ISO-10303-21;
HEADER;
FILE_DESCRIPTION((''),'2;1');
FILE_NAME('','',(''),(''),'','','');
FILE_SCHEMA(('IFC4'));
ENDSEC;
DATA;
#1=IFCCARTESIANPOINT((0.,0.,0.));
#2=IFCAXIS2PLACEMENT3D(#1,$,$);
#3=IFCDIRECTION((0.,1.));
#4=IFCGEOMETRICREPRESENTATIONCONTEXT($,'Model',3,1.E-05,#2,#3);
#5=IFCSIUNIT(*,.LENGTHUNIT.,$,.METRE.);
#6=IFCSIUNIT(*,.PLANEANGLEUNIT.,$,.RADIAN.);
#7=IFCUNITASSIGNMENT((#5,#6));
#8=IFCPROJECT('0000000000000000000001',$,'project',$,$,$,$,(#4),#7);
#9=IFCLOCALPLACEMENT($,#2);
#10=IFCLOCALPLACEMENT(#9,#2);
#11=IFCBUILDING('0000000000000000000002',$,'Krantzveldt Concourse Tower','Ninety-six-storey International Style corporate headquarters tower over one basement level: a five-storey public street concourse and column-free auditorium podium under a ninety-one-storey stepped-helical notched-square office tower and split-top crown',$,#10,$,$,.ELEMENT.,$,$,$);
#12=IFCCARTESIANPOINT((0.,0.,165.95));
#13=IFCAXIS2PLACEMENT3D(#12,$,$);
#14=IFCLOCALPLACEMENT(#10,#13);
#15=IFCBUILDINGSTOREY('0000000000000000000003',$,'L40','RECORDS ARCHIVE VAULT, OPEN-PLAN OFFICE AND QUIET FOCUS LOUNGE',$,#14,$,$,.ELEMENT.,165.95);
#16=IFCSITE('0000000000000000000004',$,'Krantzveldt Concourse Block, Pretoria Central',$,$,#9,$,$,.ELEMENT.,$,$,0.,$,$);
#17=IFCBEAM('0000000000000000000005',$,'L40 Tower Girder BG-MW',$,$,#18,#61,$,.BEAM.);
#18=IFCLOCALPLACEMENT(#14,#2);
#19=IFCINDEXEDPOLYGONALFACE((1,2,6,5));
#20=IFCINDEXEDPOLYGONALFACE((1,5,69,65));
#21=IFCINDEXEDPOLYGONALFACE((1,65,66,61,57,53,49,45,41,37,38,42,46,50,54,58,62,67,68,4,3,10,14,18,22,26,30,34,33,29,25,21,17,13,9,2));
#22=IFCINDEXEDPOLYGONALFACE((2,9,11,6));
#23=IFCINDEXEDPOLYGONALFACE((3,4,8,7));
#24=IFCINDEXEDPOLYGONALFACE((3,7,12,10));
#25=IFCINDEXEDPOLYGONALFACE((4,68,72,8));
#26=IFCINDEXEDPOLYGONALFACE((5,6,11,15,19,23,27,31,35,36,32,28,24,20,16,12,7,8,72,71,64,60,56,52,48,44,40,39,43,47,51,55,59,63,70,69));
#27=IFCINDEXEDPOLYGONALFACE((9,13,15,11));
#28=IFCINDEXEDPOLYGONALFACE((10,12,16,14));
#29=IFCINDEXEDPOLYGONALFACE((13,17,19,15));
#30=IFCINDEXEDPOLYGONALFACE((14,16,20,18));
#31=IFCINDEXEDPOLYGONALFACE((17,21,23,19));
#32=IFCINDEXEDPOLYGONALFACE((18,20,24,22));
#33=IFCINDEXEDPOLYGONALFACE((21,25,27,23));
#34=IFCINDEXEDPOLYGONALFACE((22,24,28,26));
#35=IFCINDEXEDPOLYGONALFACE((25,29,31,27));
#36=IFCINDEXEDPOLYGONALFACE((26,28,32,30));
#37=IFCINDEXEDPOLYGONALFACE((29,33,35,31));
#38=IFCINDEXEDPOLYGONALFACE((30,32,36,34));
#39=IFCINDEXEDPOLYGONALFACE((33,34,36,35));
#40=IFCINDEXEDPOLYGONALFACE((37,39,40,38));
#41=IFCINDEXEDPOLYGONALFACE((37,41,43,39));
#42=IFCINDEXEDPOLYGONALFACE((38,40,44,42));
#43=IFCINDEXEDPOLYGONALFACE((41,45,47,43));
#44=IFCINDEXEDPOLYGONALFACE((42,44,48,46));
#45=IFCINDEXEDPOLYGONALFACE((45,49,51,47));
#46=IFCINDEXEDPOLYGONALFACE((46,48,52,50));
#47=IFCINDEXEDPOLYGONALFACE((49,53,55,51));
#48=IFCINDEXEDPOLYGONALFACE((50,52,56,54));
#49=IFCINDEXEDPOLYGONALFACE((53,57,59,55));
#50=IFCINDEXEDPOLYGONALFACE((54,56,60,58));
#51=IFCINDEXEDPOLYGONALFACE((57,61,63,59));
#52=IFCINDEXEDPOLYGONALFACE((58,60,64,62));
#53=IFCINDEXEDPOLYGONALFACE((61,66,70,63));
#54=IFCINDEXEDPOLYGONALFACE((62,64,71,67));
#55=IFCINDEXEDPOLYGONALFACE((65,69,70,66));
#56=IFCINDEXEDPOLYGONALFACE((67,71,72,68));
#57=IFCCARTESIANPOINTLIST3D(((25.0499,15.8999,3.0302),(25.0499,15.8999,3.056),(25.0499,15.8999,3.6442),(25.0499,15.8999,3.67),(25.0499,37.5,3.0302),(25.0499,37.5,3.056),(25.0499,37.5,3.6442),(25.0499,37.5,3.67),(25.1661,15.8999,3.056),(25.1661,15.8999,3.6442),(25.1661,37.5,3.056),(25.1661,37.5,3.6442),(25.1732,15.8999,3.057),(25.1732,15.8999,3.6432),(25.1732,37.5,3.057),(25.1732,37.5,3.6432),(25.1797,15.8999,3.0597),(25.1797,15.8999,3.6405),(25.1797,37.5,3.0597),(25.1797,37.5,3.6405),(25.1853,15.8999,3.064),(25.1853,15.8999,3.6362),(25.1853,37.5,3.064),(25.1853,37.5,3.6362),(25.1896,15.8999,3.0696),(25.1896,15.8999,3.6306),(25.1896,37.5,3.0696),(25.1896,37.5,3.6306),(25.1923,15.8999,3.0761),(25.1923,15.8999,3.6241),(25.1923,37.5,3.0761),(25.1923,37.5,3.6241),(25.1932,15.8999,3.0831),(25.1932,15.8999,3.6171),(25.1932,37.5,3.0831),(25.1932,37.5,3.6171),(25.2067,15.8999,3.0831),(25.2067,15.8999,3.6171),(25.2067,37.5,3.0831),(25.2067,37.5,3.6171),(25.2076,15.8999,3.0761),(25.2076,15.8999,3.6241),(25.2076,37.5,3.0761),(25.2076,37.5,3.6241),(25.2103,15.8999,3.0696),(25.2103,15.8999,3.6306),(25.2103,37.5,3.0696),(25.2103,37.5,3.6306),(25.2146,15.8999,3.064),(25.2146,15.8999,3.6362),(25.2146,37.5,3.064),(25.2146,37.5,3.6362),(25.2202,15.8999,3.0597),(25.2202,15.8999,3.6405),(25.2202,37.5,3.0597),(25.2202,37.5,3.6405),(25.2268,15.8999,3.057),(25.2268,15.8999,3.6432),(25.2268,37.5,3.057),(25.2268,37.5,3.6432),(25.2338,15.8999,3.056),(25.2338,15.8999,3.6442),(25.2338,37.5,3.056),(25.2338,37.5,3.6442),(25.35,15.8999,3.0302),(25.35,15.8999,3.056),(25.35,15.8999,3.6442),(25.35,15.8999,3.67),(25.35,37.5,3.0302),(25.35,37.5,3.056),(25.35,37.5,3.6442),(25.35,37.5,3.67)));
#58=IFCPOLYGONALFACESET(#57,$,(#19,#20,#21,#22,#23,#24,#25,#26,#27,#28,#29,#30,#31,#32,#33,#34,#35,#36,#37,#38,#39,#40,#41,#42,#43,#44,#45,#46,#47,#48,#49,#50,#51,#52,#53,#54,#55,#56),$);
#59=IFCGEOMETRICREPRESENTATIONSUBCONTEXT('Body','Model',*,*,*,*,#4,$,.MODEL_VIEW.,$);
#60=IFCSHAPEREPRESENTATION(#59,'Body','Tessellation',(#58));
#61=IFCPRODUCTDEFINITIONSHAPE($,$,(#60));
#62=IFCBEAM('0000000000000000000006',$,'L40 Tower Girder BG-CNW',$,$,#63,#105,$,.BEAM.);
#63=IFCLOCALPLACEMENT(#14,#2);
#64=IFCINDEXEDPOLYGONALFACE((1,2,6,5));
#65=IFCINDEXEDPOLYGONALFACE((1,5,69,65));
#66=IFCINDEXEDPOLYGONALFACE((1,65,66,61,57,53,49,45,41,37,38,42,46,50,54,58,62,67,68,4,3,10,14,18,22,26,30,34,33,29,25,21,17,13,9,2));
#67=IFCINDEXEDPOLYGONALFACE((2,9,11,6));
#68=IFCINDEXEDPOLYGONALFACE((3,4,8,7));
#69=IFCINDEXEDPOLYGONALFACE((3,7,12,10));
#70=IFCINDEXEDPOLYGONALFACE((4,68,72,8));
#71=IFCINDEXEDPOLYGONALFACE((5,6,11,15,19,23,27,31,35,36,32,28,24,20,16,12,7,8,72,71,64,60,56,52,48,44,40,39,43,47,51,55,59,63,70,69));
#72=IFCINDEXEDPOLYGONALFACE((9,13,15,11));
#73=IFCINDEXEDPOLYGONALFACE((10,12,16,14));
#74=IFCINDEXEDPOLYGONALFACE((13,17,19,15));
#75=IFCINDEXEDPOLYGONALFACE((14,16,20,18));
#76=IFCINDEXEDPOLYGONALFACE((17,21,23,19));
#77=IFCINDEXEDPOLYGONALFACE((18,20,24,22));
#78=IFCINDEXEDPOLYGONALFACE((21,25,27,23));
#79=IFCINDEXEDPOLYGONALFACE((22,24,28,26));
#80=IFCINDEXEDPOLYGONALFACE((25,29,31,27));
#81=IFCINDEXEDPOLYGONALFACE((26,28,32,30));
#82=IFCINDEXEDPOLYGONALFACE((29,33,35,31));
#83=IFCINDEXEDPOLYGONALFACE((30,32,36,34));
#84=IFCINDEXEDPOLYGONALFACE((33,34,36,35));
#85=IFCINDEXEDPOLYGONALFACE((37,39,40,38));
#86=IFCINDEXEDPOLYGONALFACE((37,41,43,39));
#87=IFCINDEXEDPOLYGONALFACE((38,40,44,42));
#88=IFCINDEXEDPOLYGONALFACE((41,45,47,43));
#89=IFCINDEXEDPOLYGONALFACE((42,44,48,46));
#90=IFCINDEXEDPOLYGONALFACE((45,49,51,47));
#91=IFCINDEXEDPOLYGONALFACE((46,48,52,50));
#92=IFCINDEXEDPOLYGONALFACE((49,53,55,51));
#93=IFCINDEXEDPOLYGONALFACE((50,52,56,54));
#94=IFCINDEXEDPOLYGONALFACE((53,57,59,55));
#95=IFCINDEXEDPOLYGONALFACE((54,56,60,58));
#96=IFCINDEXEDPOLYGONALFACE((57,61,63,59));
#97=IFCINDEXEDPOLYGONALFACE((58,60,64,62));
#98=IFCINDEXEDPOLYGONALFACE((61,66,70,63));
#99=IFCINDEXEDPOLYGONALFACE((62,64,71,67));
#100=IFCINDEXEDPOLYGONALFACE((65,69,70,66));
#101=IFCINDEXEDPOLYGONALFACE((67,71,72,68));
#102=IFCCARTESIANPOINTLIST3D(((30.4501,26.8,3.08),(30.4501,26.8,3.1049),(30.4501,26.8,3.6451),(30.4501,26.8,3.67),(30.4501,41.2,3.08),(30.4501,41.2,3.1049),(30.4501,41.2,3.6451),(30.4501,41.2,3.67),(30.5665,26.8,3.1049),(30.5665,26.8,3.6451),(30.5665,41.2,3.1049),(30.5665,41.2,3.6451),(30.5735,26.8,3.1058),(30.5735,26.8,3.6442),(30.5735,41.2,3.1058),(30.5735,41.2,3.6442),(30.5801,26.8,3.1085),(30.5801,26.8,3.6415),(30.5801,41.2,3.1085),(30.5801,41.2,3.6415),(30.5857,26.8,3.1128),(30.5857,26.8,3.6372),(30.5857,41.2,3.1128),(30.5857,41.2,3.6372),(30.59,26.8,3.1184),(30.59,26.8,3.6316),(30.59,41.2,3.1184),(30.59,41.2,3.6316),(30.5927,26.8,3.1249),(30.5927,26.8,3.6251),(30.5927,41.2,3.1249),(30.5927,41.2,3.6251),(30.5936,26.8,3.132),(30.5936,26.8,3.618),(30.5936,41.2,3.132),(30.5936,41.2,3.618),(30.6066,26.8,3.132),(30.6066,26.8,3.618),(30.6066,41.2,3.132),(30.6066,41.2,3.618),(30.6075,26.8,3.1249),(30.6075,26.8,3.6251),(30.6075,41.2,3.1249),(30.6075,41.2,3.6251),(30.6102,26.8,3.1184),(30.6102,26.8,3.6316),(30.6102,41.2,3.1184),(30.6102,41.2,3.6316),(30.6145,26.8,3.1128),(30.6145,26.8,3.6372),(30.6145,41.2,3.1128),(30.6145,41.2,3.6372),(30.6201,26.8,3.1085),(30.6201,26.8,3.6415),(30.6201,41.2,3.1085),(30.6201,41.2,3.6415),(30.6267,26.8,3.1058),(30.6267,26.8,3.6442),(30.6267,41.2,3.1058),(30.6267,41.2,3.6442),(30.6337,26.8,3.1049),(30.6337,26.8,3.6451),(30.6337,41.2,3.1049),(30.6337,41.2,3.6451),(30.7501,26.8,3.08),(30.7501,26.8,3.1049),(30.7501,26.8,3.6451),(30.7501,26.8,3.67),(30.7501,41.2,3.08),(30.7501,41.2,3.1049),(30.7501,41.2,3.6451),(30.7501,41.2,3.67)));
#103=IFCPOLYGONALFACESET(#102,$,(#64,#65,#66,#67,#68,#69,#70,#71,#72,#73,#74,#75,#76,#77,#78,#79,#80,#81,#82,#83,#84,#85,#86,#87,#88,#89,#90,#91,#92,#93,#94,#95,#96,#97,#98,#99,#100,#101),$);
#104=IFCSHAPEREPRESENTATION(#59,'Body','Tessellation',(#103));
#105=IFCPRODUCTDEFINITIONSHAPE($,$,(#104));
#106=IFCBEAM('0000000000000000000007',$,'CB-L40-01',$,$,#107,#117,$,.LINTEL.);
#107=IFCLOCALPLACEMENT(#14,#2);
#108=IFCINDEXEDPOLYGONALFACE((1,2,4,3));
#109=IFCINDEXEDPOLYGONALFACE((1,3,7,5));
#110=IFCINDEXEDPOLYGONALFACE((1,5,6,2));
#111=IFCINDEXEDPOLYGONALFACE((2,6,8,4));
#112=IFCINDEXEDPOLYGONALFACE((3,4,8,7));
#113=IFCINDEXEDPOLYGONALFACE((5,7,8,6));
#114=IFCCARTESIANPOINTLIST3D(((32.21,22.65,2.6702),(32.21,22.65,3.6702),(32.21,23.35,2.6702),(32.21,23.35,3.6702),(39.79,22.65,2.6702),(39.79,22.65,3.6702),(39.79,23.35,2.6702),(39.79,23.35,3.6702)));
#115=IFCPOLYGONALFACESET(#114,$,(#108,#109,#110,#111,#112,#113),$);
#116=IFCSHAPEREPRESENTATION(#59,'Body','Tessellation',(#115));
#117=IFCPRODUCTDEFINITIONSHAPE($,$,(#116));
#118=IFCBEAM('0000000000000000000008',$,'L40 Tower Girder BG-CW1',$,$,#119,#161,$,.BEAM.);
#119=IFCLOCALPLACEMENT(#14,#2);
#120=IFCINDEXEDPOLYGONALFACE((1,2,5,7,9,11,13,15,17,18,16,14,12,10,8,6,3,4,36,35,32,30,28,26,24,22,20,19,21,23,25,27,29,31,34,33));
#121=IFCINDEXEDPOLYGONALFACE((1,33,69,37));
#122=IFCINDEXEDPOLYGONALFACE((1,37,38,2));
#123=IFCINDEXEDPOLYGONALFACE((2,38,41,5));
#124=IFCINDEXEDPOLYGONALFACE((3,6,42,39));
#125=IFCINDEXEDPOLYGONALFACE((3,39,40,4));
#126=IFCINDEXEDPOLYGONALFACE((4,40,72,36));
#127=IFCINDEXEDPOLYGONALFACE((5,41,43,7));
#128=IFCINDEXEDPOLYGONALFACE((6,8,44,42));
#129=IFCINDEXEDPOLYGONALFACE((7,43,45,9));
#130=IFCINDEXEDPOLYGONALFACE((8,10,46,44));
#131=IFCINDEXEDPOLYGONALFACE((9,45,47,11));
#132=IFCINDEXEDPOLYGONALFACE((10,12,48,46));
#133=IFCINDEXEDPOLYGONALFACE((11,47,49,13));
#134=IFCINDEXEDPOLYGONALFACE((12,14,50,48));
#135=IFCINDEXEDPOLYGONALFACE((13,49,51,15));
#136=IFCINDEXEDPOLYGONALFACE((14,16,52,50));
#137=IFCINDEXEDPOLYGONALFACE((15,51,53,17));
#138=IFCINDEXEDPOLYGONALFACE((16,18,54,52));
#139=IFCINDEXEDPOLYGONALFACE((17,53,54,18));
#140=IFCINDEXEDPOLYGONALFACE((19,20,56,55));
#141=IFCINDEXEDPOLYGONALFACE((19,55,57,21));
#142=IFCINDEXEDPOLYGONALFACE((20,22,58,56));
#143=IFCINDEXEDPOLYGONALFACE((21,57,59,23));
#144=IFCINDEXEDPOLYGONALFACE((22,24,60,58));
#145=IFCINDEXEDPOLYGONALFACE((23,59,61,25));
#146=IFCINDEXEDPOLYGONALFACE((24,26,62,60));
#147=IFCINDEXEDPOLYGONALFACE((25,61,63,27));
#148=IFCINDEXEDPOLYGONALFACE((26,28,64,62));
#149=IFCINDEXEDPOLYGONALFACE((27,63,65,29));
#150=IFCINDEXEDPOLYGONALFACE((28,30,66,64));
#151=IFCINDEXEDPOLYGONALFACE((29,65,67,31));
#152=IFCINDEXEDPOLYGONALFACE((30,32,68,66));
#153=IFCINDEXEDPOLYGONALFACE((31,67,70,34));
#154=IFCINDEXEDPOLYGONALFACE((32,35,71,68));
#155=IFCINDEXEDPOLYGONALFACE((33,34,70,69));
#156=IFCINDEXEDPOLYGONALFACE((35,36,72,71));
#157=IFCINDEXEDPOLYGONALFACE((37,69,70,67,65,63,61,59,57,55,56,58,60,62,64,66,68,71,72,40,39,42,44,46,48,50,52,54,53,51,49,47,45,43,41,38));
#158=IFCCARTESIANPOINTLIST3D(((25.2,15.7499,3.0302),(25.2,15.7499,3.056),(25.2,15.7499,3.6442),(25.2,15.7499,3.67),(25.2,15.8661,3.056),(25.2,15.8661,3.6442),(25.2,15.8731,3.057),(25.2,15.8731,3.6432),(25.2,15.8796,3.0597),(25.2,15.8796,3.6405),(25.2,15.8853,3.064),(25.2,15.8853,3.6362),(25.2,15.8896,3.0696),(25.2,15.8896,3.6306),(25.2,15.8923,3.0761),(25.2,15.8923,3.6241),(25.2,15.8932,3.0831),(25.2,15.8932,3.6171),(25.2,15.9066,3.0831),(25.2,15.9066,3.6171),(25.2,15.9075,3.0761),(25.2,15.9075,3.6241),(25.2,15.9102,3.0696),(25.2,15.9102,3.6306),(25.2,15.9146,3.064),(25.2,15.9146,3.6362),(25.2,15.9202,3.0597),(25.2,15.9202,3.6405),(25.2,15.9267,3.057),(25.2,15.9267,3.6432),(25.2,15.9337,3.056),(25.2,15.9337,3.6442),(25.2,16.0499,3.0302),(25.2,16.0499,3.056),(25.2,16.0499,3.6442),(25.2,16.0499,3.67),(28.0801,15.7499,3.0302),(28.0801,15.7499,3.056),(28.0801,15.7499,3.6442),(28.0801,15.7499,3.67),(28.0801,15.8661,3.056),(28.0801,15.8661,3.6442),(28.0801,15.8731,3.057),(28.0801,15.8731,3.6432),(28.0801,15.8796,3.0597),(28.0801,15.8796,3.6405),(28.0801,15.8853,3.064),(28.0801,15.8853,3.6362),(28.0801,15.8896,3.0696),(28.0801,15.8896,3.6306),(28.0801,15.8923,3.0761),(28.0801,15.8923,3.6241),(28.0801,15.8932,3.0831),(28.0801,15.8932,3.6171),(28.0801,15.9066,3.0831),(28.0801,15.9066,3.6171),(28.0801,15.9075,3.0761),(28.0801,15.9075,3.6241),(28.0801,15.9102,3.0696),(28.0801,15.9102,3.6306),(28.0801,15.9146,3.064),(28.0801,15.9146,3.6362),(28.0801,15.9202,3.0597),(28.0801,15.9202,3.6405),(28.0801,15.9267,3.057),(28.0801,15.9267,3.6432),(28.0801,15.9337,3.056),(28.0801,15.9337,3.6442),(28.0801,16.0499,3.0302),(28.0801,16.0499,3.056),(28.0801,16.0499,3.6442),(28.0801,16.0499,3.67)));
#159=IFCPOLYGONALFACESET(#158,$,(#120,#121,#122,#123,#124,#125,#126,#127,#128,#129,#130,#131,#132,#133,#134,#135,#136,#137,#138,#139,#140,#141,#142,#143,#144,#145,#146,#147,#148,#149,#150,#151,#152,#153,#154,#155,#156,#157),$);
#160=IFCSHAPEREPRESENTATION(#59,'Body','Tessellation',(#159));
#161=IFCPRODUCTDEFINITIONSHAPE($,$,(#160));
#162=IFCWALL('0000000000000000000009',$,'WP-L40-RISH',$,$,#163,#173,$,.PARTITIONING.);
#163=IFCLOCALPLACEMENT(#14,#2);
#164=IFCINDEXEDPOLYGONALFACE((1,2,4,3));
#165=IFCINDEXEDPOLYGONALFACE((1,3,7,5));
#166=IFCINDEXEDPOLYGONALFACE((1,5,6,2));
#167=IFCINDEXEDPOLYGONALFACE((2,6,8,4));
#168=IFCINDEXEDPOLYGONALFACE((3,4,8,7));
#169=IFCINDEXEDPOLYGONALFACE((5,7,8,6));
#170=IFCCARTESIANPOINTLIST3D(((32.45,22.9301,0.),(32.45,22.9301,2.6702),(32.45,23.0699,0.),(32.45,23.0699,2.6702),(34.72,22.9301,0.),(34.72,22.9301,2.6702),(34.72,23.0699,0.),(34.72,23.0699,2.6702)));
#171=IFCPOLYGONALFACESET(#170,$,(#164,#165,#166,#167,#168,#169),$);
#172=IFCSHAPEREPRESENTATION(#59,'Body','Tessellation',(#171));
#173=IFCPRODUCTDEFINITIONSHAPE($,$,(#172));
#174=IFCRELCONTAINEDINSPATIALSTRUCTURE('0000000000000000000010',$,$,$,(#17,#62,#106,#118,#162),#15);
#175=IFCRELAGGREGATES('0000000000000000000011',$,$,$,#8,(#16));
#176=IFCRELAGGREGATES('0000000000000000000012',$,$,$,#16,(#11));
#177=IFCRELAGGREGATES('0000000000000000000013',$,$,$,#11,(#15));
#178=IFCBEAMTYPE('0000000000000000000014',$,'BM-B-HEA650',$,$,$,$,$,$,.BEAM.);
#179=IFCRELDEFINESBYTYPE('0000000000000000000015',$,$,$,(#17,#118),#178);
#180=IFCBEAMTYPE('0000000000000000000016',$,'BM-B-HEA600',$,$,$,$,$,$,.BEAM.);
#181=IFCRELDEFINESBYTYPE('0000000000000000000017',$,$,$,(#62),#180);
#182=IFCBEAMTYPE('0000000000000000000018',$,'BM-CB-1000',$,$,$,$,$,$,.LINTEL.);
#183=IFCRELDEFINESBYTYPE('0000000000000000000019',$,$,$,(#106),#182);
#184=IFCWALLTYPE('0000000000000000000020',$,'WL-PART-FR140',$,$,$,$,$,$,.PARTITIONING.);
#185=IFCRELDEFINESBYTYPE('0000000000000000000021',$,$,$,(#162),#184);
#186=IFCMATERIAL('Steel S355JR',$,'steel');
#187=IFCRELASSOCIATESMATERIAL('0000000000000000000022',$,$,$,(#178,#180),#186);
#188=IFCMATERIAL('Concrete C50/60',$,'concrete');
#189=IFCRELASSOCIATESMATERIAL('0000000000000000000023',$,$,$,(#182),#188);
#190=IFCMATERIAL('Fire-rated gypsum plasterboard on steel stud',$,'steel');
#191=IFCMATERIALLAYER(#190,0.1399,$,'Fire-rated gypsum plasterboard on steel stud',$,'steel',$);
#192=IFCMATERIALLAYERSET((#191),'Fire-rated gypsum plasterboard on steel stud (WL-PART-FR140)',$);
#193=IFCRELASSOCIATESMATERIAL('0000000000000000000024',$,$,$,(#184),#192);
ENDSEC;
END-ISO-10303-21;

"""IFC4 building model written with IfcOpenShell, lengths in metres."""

from ifc_helpers import new_model, si_unit, direction, frame, frame_2d, origin, origin_2d, place, context, subcontext, project, spatial, rectangle, i_section, extrude, source, transform, mapped, material, layer, layer_set, material_profile, profile_set, type_object, type_shapes, element, save


model = new_model("IFC4")

# Units and contexts
model_context = context("Model", 3, precision=1e-05, world=origin(), true_north=direction((0.0, 1.0)))
body_context = subcontext(model_context, "Body", "Model", "MODEL_VIEW")
ifc_project = project(units=[si_unit("LENGTHUNIT", "METRE"), si_unit("PLANEANGLEUNIT", "RADIAN")], contexts=[model_context])

# Site, building, storey
site_placement = place(None, origin())
site = spatial("IfcSite", under=ifc_project, at=site_placement, Name="Krantzveldt Concourse Block, Pretoria Central", CompositionType="ELEMENT", RefElevation=0.0)
building_placement = place(site_placement, origin())
building = spatial("IfcBuilding", under=site, at=building_placement, Name="Krantzveldt Concourse Tower", Description="Ninety-six-storey International Style corporate headquarters tower over one basement level: a five-storey public street concourse and column-free auditorium podium under a ninety-one-storey stepped-helical notched-square office tower and split-top crown", CompositionType="ELEMENT")
storey_placement = place(building_placement, frame((0.0, 0.0, 165.95)))
storey = spatial("IfcBuildingStorey", under=building, at=storey_placement, Name="L40", Description="RECORDS ARCHIVE VAULT, OPEN-PLAN OFFICE AND QUIET FOCUS LOUNGE", CompositionType="ELEMENT", Elevation=165.95)

# Beams
ifc_material_1 = material(Name="Steel S355JR", Category="steel")
ifc_material_profile_1 = material_profile(ifc_material_1, i_section(OverallWidth=0.3, OverallDepth=0.6399, WebThickness=0.0134, FlangeThickness=0.0259, FilletRadius=0.0271, at=origin_2d()), Name="Steel S355JR", Category="steel")
ifc_profile_set_1 = profile_set([ifc_material_profile_1], Name="Steel S355JR - HEA 650")
beam_type_1 = type_object("IfcBeamType", Name="BM-B-HEA650", PredefinedType="BEAM", material=ifc_profile_set_1)
shared_shape_1 = source(origin(), body_context, "Body", "SweptSolid", [
    extrude(i_section(OverallWidth=0.3, OverallDepth=0.6399, WebThickness=0.0134, FlangeThickness=0.0259, FilletRadius=0.0271, at=origin_2d()), origin(), (0.0, 0.0, 1.0), 21.6001),
])
beam_1_placement = place(storey_placement, frame((25.2, 15.8999, 3.3501), z_axis=(0.0, 1.0, 0.0), x_axis=(-1.0, 0.0, 0.0)))
element("IfcBeam", 1, at=beam_1_placement, inside=storey, type_object=beam_type_1, Name="L40 Tower Girder BG-MW", PredefinedType="BEAM", context=body_context, shape_type="MappedRepresentation", body=[
    mapped(shared_shape_1, transform((0.0, 0.0, 0.0), x_axis=(1.0, 0.0, 0.0), y_axis=(0.0, 1.0, 0.0), z_axis=(0.0, 0.0, 1.0), scale=1.0)),
])
ifc_material_profile_2 = material_profile(ifc_material_1, i_section(OverallWidth=0.3, OverallDepth=0.5901, WebThickness=0.0129, FlangeThickness=0.0249, FilletRadius=0.0271, at=origin_2d()), Name="Steel S355JR", Category="steel")
ifc_profile_set_2 = profile_set([ifc_material_profile_2], Name="Steel S355JR - HEA 600")
beam_type_2 = type_object("IfcBeamType", Name="BM-B-HEA600", PredefinedType="BEAM", material=ifc_profile_set_2)
shared_shape_2 = source(origin(), body_context, "Body", "SweptSolid", [
    extrude(i_section(OverallWidth=0.3, OverallDepth=0.5901, WebThickness=0.0129, FlangeThickness=0.0249, FilletRadius=0.0271, at=origin_2d()), origin(), (0.0, 0.0, 1.0), 14.3999),
])
type_shapes(beam_type_2, [shared_shape_2])
beam_2_placement = place(storey_placement, frame((30.6001, 26.8, 3.375), z_axis=(0.0, 1.0, 0.0), x_axis=(-1.0, 0.0, 0.0)))
element("IfcBeam", 2, at=beam_2_placement, inside=storey, type_object=beam_type_2, Name="L40 Tower Girder BG-CNW", PredefinedType="BEAM", context=body_context, shape_type="MappedRepresentation", body=[
    mapped(shared_shape_2, transform((0.0, 0.0, 0.0), x_axis=(1.0, 0.0, 0.0), y_axis=(0.0, 1.0, 0.0), z_axis=(0.0, 0.0, 1.0), scale=1.0)),
])
ifc_material_2 = material(Name="Concrete C50/60", Category="concrete")
ifc_material_profile_3 = material_profile(ifc_material_2, rectangle(XDim=0.7, YDim=1.0, at=origin_2d()), Name="Concrete C50/60", Category="concrete")
ifc_profile_set_3 = profile_set([ifc_material_profile_3], Name="Concrete C50/60 - RC-CB 700x1000")
beam_type_3 = type_object("IfcBeamType", Name="BM-CB-1000", PredefinedType="LINTEL", material=ifc_profile_set_3)
shared_shape_3 = source(origin(), body_context, "Body", "SweptSolid", [
    extrude(rectangle(XDim=0.7, YDim=1.0, at=origin_2d()), origin(), (0.0, 0.0, 1.0), 7.5801),
])
type_shapes(beam_type_3, [shared_shape_3])
beam_3_placement = place(storey_placement, frame((32.21, 23.0, 3.1702), z_axis=(1.0, 0.0, 0.0), x_axis=(0.0, 1.0, 0.0)))
element("IfcBeam", 3, at=beam_3_placement, inside=storey, type_object=beam_type_3, Name="CB-L40-01", PredefinedType="LINTEL", context=body_context, shape_type="MappedRepresentation", body=[
    mapped(shared_shape_3, transform((0.0, 0.0, 0.0), x_axis=(1.0, 0.0, 0.0), y_axis=(0.0, 1.0, 0.0), z_axis=(0.0, 0.0, 1.0), scale=1.0)),
])
shared_shape_4 = source(origin(), body_context, "Body", "SweptSolid", [
    extrude(i_section(OverallWidth=0.3, OverallDepth=0.6399, WebThickness=0.0134, FlangeThickness=0.0259, FilletRadius=0.0271, at=origin_2d()), origin(), (0.0, 0.0, 1.0), 2.8801),
])
type_shapes(beam_type_1, [shared_shape_1, shared_shape_4])
beam_4_placement = place(storey_placement, frame((25.2, 15.8999, 3.3501), z_axis=(1.0, 0.0, 0.0), x_axis=(0.0, 1.0, 0.0)))
element("IfcBeam", 4, at=beam_4_placement, inside=storey, type_object=beam_type_1, Name="L40 Tower Girder BG-CW1", PredefinedType="BEAM", context=body_context, shape_type="MappedRepresentation", body=[
    mapped(shared_shape_4, transform((0.0, 0.0, 0.0), x_axis=(1.0, 0.0, 0.0), y_axis=(0.0, 1.0, 0.0), z_axis=(0.0, 0.0, 1.0), scale=1.0)),
])

# Wall
ifc_material_3 = material(Name="Fire-rated gypsum plasterboard on steel stud", Category="steel")
ifc_layer_1 = layer(ifc_material_3, 0.1399, Name="Fire-rated gypsum plasterboard on steel stud", Category="steel")
ifc_layer_set_1 = layer_set([ifc_layer_1], Name="Fire-rated gypsum plasterboard on steel stud (WL-PART-FR140)")
wall_type_1 = type_object("IfcWallType", Name="WL-PART-FR140", PredefinedType="PARTITIONING", material=ifc_layer_set_1)
wall_1_placement = place(storey_placement, frame((32.45, 23.0, 0.0), z_axis=(0.0, 0.0, 1.0), x_axis=(1.0, 0.0, 0.0)))
element("IfcWall", 5, at=wall_1_placement, inside=storey, type_object=wall_type_1, Name="WP-L40-RISH", PredefinedType="PARTITIONING", context=body_context, shape_type="SweptSolid", body=[
    extrude(rectangle(XDim=2.27, YDim=0.1399, at=frame_2d((1.135, 0.0))), origin(), (0.0, 0.0, 1.0), 2.6702),
])

save(model, "model.ifc")
